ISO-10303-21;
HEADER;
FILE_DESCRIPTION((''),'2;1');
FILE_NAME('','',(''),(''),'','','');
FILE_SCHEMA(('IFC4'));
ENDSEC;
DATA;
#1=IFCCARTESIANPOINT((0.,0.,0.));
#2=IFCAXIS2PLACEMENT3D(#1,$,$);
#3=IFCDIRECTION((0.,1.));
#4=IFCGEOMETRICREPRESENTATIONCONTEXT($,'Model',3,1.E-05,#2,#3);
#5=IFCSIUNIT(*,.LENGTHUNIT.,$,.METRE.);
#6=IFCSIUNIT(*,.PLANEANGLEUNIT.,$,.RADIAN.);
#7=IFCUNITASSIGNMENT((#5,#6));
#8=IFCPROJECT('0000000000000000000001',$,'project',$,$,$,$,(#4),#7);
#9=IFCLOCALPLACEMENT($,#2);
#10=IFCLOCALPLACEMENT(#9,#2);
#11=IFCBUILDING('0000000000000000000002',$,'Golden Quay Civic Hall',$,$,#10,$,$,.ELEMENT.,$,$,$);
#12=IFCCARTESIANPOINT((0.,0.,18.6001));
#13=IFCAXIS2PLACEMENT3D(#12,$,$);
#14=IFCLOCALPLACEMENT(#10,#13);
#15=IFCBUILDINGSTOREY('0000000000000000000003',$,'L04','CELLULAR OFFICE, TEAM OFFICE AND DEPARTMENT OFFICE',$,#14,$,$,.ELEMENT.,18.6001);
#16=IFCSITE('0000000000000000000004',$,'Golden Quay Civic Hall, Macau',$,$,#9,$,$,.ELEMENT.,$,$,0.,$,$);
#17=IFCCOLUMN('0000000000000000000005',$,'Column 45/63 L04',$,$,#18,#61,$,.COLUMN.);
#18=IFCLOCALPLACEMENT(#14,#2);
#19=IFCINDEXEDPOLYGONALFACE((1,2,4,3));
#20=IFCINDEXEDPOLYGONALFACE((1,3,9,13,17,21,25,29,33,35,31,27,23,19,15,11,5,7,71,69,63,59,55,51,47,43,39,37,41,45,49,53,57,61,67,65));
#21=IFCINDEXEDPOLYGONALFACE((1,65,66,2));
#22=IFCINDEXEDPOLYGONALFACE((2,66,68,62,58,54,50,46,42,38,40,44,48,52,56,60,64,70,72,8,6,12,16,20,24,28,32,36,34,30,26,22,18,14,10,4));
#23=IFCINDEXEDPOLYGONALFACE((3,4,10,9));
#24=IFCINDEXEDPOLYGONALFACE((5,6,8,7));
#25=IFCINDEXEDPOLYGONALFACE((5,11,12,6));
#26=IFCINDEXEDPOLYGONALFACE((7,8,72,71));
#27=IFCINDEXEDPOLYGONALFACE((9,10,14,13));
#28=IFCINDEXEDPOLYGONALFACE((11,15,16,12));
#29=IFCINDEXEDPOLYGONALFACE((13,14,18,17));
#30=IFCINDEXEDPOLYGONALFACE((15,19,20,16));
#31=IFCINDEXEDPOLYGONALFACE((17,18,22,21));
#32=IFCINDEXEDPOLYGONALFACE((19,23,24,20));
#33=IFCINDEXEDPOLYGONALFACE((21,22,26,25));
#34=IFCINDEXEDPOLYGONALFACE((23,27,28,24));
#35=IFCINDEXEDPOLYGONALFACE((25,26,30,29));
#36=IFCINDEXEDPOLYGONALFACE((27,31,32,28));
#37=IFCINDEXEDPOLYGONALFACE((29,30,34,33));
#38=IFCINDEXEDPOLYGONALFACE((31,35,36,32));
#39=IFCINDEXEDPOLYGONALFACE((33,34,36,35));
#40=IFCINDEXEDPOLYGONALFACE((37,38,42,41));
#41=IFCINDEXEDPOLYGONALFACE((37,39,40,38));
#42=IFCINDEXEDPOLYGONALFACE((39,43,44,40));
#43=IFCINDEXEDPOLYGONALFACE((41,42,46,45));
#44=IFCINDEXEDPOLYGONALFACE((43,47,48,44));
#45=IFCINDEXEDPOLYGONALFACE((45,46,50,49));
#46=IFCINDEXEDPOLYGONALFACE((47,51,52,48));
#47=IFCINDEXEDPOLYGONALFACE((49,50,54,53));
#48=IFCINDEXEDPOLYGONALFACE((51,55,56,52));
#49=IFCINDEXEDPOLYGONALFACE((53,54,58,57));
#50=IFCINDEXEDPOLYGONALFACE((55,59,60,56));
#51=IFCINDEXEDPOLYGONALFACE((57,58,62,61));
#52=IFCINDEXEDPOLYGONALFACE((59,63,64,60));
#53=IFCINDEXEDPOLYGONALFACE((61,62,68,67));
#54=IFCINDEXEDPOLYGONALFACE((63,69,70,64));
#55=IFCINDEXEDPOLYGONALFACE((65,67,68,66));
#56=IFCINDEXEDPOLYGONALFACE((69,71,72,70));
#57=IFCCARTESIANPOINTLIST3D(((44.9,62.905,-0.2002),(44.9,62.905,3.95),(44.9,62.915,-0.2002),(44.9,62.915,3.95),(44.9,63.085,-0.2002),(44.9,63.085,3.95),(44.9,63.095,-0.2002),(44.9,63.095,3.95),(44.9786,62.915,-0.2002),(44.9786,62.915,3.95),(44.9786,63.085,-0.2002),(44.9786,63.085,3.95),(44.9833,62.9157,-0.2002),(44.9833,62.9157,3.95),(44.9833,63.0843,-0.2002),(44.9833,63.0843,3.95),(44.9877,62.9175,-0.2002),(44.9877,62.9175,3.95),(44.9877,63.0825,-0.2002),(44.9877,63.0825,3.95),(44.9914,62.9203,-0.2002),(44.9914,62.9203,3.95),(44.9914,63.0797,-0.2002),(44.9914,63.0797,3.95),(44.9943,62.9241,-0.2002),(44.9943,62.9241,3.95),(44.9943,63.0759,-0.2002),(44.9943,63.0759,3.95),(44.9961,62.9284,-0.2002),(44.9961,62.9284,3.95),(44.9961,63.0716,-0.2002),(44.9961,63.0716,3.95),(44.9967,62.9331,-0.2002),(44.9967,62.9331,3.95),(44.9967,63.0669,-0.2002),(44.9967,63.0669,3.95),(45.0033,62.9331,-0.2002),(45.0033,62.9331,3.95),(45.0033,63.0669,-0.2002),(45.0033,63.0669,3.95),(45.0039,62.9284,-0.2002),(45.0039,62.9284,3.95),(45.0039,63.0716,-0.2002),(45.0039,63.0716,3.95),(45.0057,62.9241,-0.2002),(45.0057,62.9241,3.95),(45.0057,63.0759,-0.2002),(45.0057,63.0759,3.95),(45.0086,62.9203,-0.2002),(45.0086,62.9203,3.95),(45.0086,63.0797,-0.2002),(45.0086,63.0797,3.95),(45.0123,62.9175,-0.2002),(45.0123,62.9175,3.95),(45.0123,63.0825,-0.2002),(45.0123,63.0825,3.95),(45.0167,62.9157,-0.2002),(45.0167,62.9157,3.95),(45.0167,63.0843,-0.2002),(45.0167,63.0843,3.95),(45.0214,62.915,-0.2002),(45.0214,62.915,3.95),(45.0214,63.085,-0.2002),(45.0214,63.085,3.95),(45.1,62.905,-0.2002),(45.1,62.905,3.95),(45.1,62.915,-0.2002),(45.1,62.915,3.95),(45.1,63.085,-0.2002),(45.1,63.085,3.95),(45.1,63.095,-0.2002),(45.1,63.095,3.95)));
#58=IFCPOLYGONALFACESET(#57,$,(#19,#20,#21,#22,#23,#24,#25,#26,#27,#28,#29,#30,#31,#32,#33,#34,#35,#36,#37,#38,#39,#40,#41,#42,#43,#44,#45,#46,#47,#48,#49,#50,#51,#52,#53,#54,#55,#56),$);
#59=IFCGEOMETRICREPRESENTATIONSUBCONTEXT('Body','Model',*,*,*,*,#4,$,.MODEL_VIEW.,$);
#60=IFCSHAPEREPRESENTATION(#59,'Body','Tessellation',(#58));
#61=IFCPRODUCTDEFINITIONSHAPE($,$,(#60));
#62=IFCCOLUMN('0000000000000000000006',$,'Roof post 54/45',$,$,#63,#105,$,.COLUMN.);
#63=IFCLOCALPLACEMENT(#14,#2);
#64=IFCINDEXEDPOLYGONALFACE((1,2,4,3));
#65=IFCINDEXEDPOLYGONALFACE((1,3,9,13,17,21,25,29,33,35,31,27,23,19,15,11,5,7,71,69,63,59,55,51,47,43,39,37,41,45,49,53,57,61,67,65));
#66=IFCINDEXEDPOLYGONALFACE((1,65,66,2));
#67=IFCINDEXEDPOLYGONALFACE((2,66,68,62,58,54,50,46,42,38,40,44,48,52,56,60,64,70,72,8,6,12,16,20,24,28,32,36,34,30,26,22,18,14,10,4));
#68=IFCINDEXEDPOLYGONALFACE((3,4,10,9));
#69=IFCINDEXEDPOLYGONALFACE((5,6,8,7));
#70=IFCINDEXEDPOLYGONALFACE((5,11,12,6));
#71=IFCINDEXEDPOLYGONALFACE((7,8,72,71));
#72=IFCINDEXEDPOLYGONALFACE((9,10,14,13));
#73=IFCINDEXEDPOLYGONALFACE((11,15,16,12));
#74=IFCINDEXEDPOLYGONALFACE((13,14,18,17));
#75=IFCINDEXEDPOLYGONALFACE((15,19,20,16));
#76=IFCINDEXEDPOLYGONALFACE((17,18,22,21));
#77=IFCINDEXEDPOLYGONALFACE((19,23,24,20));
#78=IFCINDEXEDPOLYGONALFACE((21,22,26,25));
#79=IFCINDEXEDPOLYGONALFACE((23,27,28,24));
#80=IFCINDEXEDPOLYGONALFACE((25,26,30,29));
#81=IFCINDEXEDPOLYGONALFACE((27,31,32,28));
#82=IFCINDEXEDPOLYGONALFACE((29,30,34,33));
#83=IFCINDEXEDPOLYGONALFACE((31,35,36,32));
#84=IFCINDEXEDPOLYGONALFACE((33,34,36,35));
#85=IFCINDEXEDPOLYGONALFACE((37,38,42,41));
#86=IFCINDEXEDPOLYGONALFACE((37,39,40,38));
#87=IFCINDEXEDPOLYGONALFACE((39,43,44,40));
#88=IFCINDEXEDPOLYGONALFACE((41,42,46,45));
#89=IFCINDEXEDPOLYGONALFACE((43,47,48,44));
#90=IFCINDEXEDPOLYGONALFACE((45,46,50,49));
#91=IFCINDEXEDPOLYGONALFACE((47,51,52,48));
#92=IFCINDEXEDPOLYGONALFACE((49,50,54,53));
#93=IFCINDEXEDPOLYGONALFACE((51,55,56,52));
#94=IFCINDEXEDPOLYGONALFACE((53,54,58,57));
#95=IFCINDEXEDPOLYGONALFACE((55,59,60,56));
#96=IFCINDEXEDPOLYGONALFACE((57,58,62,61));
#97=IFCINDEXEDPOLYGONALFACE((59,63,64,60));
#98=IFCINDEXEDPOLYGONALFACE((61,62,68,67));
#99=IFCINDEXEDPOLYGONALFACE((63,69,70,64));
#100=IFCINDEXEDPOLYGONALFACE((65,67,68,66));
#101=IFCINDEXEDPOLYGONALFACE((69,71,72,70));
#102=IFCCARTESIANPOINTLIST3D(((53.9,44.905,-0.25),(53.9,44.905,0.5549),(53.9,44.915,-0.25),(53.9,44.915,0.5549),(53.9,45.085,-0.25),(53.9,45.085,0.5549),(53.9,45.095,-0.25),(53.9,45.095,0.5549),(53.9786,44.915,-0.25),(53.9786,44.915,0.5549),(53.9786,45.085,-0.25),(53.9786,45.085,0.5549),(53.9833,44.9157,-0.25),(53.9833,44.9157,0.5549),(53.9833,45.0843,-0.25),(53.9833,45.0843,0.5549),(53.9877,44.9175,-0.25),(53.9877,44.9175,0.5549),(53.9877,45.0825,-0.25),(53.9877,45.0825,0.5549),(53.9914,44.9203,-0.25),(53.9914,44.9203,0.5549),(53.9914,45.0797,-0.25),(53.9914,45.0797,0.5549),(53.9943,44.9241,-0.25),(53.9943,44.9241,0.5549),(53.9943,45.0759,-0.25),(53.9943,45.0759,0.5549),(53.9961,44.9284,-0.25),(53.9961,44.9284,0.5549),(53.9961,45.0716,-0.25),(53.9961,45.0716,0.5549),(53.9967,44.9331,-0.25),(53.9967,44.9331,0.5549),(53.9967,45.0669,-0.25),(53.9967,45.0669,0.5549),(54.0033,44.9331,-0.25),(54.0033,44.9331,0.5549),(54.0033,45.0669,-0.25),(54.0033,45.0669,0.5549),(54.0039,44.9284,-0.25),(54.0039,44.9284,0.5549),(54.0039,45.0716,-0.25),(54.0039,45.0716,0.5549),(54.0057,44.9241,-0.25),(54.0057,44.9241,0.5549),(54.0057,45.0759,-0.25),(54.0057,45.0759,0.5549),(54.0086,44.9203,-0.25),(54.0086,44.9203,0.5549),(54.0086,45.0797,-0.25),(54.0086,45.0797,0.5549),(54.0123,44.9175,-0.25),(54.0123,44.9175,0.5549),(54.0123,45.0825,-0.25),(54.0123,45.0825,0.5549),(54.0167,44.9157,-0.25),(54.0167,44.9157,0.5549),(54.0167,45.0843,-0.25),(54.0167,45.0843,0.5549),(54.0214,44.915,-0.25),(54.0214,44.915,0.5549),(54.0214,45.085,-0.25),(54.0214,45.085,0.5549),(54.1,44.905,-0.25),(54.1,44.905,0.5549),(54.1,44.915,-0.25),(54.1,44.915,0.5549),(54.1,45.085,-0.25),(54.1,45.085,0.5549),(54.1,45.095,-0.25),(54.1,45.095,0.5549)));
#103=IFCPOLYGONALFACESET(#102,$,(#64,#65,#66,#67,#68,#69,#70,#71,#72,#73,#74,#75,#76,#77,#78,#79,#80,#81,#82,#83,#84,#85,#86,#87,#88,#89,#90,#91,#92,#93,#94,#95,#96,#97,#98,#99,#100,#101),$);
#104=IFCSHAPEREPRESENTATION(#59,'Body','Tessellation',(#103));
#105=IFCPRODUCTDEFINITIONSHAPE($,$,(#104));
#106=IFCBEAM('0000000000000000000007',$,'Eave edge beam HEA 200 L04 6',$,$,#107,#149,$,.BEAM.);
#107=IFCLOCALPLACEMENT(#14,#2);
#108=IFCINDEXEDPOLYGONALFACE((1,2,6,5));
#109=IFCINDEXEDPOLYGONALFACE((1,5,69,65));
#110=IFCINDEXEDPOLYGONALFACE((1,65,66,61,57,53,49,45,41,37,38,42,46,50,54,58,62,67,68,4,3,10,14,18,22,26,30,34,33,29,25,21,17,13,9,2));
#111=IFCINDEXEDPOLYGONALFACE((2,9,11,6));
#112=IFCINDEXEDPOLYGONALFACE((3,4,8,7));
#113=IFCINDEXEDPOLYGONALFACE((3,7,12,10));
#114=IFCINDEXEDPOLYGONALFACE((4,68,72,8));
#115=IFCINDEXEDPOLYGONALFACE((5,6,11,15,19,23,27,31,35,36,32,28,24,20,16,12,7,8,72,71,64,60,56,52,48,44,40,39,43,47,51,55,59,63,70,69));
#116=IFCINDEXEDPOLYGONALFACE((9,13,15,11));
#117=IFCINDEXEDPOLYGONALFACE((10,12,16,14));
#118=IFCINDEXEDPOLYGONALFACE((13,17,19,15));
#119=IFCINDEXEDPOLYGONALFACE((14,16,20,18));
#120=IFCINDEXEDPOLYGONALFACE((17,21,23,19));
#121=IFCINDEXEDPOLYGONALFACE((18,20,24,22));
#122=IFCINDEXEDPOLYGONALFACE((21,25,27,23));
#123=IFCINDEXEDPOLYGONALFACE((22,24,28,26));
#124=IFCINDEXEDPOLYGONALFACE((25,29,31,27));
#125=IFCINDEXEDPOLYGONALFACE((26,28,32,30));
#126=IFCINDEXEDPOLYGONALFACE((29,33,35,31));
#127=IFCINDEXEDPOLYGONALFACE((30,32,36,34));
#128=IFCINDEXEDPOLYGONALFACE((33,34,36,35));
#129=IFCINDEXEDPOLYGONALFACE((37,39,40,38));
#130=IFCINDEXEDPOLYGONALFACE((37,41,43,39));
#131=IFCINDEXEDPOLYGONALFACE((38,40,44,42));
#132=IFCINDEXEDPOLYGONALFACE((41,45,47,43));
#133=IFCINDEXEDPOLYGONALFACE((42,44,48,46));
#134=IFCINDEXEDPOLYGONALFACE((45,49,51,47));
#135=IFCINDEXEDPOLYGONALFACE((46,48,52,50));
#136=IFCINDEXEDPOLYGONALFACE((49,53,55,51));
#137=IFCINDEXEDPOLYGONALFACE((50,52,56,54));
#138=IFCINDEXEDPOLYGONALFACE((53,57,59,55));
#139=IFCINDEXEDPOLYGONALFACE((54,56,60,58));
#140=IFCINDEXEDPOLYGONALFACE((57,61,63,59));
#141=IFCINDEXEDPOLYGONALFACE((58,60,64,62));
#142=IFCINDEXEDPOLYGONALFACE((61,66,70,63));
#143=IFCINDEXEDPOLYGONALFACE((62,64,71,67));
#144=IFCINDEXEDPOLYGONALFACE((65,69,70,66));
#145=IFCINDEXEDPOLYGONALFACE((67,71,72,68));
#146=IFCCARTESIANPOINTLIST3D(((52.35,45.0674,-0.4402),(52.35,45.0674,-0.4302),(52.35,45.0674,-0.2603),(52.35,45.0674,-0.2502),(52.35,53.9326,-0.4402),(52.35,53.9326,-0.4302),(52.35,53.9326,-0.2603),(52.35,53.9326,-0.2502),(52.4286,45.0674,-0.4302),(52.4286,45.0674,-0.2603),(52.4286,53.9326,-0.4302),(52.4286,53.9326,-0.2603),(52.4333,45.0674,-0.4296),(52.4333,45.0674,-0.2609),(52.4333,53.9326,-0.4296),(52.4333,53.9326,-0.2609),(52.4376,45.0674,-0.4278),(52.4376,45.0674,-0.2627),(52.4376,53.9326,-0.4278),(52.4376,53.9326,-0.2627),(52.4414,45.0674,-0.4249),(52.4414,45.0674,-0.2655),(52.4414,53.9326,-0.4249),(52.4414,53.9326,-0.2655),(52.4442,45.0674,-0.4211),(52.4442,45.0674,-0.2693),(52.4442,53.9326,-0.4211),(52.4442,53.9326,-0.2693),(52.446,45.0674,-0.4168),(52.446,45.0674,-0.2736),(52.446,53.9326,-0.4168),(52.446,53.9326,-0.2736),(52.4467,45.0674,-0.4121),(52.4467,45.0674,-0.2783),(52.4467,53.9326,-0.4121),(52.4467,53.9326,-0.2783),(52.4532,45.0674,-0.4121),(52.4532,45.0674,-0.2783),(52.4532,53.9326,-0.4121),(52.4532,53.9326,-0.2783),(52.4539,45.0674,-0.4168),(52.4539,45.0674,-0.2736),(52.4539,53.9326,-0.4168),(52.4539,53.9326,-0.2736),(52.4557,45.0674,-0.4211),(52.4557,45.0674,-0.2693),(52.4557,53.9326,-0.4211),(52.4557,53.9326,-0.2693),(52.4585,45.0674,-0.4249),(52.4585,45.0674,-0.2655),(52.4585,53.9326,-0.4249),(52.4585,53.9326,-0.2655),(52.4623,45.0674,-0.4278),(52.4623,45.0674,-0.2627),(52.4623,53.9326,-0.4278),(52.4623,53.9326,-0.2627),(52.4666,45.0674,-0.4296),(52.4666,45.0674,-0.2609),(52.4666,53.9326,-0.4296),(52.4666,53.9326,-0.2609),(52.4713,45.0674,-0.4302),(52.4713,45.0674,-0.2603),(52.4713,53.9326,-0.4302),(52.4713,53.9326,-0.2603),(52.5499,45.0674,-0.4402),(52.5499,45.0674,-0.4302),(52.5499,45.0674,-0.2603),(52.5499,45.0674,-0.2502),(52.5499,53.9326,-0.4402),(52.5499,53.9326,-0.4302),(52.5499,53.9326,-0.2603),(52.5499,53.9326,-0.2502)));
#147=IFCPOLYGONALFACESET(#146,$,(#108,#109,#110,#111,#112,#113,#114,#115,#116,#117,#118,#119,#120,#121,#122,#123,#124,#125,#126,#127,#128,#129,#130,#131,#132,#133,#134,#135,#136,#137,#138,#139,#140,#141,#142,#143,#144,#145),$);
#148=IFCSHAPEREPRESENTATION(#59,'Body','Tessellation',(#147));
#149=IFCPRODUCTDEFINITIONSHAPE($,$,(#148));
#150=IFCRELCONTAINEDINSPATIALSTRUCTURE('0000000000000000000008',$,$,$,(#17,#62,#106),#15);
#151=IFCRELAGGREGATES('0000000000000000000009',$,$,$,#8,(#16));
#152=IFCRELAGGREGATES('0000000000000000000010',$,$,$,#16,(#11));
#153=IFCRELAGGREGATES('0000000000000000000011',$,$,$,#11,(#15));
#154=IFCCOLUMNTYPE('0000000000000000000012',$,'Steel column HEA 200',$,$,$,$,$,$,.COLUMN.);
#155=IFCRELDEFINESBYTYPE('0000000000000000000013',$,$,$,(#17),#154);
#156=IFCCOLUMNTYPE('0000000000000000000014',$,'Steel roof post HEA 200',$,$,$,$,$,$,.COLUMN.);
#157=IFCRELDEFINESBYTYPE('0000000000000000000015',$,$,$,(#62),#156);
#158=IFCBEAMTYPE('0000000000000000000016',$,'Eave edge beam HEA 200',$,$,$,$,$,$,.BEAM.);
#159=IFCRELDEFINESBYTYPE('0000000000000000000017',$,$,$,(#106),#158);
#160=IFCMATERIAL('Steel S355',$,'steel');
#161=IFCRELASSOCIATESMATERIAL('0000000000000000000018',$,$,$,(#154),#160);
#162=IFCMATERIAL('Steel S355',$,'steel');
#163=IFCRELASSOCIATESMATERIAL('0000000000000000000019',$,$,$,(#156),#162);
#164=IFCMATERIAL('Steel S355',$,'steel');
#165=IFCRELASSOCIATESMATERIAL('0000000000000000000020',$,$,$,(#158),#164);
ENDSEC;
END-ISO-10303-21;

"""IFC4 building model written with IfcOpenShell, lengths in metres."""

from ifc_helpers import new_model, si_unit, direction, frame, origin, origin_2d, place, context, subcontext, project, spatial, i_section, extrude, material, material_profile, profile_set, type_object, element, save


model = new_model("IFC4")

# Units and contexts
model_context = context("Model", 3, precision=1e-05, world=origin(), true_north=direction((0.0, 1.0)))
body_context = subcontext(model_context, "Body", "Model", "MODEL_VIEW")
ifc_project = project(units=[si_unit("LENGTHUNIT", "METRE"), si_unit("PLANEANGLEUNIT", "RADIAN")], contexts=[model_context])

# Site, building, storey
site_placement = place(None, origin())
site = spatial("IfcSite", under=ifc_project, at=site_placement, Name="Golden Quay Civic Hall, Macau", CompositionType="ELEMENT", RefElevation=0.0)
building_placement = place(site_placement, origin())
building = spatial("IfcBuilding", under=site, at=building_placement, Name="Golden Quay Civic Hall", CompositionType="ELEMENT")
storey_placement = place(building_placement, frame((0.0, 0.0, 18.6001)))
storey = spatial("IfcBuildingStorey", under=building, at=storey_placement, Name="L04", Description="CELLULAR OFFICE, TEAM OFFICE AND DEPARTMENT OFFICE", CompositionType="ELEMENT", Elevation=18.6001)

# Columns
ifc_material_1 = material(Name="Steel S355", Category="steel")
ifc_material_profile_1 = material_profile(ifc_material_1, i_section(OverallWidth=0.2, OverallDepth=0.1899, WebThickness=0.0066, FlangeThickness=0.01, FilletRadius=0.0181, at=origin_2d()), Name="HEA 200")
ifc_profile_set_1 = profile_set([ifc_material_profile_1], Name="Steel S355")
column_type_1 = type_object("IfcColumnType", Name="Steel column HEA 200", PredefinedType="COLUMN", material=ifc_profile_set_1)
column_1_placement = place(storey_placement, frame((45.0, 63.0, -0.2002), z_axis=(0.0, 0.0, 1.0), x_axis=(1.0, 0.0, 0.0)))
element("IfcColumn", 1, at=column_1_placement, inside=storey, type_object=column_type_1, Name="Column 45/63 L04", PredefinedType="COLUMN", context=body_context, shape_type="SweptSolid", body=[
    extrude(i_section(OverallWidth=0.2, OverallDepth=0.1899, WebThickness=0.0066, FlangeThickness=0.01, FilletRadius=0.0181, at=origin_2d()), origin(), (0.0, 0.0, 1.0), 4.1501),
])
ifc_material_2 = material(Name="Steel S355", Category="steel")
ifc_material_profile_2 = material_profile(ifc_material_2, i_section(OverallWidth=0.2, OverallDepth=0.1899, WebThickness=0.0066, FlangeThickness=0.01, FilletRadius=0.0181, at=origin_2d()), Name="HEA 200")
ifc_profile_set_2 = profile_set([ifc_material_profile_2], Name="Steel S355")
column_type_2 = type_object("IfcColumnType", Name="Steel roof post HEA 200", PredefinedType="COLUMN", material=ifc_profile_set_2)
column_2_placement = place(storey_placement, frame((54.0, 45.0, -0.25), z_axis=(0.0, 0.0, 1.0), x_axis=(1.0, 0.0, 0.0)))
element("IfcColumn", 2, at=column_2_placement, inside=storey, type_object=column_type_2, Name="Roof post 54/45", PredefinedType="COLUMN", context=body_context, shape_type="SweptSolid", body=[
    extrude(i_section(OverallWidth=0.2, OverallDepth=0.1899, WebThickness=0.0066, FlangeThickness=0.01, FilletRadius=0.0181, at=origin_2d()), origin(), (0.0, 0.0, 1.0), 0.8049),
])

# Beam
ifc_material_3 = material(Name="Steel S355", Category="steel")
ifc_material_profile_3 = material_profile(ifc_material_3, i_section(OverallWidth=0.2, OverallDepth=0.1899, WebThickness=0.0066, FlangeThickness=0.01, FilletRadius=0.0181, at=origin_2d()), Name="HEA 200")
ifc_profile_set_3 = profile_set([ifc_material_profile_3], Name="Steel S355")
beam_type_1 = type_object("IfcBeamType", Name="Eave edge beam HEA 200", PredefinedType="BEAM", material=ifc_profile_set_3)
beam_1_placement = place(storey_placement, frame((52.45, 45.0674, -0.3452), z_axis=(0.0, 1.0, 0.0), x_axis=(-1.0, 0.0, 0.0)))
element("IfcBeam", 3, at=beam_1_placement, inside=storey, type_object=beam_type_1, Name="Eave edge beam HEA 200 L04 6", PredefinedType="BEAM", context=body_context, shape_type="SweptSolid", body=[
    extrude(i_section(OverallWidth=0.2, OverallDepth=0.1899, WebThickness=0.0066, FlangeThickness=0.01, FilletRadius=0.0181, at=origin_2d()), origin(), (0.0, 0.0, 1.0), 8.8652),
])

save(model, "model.ifc")
